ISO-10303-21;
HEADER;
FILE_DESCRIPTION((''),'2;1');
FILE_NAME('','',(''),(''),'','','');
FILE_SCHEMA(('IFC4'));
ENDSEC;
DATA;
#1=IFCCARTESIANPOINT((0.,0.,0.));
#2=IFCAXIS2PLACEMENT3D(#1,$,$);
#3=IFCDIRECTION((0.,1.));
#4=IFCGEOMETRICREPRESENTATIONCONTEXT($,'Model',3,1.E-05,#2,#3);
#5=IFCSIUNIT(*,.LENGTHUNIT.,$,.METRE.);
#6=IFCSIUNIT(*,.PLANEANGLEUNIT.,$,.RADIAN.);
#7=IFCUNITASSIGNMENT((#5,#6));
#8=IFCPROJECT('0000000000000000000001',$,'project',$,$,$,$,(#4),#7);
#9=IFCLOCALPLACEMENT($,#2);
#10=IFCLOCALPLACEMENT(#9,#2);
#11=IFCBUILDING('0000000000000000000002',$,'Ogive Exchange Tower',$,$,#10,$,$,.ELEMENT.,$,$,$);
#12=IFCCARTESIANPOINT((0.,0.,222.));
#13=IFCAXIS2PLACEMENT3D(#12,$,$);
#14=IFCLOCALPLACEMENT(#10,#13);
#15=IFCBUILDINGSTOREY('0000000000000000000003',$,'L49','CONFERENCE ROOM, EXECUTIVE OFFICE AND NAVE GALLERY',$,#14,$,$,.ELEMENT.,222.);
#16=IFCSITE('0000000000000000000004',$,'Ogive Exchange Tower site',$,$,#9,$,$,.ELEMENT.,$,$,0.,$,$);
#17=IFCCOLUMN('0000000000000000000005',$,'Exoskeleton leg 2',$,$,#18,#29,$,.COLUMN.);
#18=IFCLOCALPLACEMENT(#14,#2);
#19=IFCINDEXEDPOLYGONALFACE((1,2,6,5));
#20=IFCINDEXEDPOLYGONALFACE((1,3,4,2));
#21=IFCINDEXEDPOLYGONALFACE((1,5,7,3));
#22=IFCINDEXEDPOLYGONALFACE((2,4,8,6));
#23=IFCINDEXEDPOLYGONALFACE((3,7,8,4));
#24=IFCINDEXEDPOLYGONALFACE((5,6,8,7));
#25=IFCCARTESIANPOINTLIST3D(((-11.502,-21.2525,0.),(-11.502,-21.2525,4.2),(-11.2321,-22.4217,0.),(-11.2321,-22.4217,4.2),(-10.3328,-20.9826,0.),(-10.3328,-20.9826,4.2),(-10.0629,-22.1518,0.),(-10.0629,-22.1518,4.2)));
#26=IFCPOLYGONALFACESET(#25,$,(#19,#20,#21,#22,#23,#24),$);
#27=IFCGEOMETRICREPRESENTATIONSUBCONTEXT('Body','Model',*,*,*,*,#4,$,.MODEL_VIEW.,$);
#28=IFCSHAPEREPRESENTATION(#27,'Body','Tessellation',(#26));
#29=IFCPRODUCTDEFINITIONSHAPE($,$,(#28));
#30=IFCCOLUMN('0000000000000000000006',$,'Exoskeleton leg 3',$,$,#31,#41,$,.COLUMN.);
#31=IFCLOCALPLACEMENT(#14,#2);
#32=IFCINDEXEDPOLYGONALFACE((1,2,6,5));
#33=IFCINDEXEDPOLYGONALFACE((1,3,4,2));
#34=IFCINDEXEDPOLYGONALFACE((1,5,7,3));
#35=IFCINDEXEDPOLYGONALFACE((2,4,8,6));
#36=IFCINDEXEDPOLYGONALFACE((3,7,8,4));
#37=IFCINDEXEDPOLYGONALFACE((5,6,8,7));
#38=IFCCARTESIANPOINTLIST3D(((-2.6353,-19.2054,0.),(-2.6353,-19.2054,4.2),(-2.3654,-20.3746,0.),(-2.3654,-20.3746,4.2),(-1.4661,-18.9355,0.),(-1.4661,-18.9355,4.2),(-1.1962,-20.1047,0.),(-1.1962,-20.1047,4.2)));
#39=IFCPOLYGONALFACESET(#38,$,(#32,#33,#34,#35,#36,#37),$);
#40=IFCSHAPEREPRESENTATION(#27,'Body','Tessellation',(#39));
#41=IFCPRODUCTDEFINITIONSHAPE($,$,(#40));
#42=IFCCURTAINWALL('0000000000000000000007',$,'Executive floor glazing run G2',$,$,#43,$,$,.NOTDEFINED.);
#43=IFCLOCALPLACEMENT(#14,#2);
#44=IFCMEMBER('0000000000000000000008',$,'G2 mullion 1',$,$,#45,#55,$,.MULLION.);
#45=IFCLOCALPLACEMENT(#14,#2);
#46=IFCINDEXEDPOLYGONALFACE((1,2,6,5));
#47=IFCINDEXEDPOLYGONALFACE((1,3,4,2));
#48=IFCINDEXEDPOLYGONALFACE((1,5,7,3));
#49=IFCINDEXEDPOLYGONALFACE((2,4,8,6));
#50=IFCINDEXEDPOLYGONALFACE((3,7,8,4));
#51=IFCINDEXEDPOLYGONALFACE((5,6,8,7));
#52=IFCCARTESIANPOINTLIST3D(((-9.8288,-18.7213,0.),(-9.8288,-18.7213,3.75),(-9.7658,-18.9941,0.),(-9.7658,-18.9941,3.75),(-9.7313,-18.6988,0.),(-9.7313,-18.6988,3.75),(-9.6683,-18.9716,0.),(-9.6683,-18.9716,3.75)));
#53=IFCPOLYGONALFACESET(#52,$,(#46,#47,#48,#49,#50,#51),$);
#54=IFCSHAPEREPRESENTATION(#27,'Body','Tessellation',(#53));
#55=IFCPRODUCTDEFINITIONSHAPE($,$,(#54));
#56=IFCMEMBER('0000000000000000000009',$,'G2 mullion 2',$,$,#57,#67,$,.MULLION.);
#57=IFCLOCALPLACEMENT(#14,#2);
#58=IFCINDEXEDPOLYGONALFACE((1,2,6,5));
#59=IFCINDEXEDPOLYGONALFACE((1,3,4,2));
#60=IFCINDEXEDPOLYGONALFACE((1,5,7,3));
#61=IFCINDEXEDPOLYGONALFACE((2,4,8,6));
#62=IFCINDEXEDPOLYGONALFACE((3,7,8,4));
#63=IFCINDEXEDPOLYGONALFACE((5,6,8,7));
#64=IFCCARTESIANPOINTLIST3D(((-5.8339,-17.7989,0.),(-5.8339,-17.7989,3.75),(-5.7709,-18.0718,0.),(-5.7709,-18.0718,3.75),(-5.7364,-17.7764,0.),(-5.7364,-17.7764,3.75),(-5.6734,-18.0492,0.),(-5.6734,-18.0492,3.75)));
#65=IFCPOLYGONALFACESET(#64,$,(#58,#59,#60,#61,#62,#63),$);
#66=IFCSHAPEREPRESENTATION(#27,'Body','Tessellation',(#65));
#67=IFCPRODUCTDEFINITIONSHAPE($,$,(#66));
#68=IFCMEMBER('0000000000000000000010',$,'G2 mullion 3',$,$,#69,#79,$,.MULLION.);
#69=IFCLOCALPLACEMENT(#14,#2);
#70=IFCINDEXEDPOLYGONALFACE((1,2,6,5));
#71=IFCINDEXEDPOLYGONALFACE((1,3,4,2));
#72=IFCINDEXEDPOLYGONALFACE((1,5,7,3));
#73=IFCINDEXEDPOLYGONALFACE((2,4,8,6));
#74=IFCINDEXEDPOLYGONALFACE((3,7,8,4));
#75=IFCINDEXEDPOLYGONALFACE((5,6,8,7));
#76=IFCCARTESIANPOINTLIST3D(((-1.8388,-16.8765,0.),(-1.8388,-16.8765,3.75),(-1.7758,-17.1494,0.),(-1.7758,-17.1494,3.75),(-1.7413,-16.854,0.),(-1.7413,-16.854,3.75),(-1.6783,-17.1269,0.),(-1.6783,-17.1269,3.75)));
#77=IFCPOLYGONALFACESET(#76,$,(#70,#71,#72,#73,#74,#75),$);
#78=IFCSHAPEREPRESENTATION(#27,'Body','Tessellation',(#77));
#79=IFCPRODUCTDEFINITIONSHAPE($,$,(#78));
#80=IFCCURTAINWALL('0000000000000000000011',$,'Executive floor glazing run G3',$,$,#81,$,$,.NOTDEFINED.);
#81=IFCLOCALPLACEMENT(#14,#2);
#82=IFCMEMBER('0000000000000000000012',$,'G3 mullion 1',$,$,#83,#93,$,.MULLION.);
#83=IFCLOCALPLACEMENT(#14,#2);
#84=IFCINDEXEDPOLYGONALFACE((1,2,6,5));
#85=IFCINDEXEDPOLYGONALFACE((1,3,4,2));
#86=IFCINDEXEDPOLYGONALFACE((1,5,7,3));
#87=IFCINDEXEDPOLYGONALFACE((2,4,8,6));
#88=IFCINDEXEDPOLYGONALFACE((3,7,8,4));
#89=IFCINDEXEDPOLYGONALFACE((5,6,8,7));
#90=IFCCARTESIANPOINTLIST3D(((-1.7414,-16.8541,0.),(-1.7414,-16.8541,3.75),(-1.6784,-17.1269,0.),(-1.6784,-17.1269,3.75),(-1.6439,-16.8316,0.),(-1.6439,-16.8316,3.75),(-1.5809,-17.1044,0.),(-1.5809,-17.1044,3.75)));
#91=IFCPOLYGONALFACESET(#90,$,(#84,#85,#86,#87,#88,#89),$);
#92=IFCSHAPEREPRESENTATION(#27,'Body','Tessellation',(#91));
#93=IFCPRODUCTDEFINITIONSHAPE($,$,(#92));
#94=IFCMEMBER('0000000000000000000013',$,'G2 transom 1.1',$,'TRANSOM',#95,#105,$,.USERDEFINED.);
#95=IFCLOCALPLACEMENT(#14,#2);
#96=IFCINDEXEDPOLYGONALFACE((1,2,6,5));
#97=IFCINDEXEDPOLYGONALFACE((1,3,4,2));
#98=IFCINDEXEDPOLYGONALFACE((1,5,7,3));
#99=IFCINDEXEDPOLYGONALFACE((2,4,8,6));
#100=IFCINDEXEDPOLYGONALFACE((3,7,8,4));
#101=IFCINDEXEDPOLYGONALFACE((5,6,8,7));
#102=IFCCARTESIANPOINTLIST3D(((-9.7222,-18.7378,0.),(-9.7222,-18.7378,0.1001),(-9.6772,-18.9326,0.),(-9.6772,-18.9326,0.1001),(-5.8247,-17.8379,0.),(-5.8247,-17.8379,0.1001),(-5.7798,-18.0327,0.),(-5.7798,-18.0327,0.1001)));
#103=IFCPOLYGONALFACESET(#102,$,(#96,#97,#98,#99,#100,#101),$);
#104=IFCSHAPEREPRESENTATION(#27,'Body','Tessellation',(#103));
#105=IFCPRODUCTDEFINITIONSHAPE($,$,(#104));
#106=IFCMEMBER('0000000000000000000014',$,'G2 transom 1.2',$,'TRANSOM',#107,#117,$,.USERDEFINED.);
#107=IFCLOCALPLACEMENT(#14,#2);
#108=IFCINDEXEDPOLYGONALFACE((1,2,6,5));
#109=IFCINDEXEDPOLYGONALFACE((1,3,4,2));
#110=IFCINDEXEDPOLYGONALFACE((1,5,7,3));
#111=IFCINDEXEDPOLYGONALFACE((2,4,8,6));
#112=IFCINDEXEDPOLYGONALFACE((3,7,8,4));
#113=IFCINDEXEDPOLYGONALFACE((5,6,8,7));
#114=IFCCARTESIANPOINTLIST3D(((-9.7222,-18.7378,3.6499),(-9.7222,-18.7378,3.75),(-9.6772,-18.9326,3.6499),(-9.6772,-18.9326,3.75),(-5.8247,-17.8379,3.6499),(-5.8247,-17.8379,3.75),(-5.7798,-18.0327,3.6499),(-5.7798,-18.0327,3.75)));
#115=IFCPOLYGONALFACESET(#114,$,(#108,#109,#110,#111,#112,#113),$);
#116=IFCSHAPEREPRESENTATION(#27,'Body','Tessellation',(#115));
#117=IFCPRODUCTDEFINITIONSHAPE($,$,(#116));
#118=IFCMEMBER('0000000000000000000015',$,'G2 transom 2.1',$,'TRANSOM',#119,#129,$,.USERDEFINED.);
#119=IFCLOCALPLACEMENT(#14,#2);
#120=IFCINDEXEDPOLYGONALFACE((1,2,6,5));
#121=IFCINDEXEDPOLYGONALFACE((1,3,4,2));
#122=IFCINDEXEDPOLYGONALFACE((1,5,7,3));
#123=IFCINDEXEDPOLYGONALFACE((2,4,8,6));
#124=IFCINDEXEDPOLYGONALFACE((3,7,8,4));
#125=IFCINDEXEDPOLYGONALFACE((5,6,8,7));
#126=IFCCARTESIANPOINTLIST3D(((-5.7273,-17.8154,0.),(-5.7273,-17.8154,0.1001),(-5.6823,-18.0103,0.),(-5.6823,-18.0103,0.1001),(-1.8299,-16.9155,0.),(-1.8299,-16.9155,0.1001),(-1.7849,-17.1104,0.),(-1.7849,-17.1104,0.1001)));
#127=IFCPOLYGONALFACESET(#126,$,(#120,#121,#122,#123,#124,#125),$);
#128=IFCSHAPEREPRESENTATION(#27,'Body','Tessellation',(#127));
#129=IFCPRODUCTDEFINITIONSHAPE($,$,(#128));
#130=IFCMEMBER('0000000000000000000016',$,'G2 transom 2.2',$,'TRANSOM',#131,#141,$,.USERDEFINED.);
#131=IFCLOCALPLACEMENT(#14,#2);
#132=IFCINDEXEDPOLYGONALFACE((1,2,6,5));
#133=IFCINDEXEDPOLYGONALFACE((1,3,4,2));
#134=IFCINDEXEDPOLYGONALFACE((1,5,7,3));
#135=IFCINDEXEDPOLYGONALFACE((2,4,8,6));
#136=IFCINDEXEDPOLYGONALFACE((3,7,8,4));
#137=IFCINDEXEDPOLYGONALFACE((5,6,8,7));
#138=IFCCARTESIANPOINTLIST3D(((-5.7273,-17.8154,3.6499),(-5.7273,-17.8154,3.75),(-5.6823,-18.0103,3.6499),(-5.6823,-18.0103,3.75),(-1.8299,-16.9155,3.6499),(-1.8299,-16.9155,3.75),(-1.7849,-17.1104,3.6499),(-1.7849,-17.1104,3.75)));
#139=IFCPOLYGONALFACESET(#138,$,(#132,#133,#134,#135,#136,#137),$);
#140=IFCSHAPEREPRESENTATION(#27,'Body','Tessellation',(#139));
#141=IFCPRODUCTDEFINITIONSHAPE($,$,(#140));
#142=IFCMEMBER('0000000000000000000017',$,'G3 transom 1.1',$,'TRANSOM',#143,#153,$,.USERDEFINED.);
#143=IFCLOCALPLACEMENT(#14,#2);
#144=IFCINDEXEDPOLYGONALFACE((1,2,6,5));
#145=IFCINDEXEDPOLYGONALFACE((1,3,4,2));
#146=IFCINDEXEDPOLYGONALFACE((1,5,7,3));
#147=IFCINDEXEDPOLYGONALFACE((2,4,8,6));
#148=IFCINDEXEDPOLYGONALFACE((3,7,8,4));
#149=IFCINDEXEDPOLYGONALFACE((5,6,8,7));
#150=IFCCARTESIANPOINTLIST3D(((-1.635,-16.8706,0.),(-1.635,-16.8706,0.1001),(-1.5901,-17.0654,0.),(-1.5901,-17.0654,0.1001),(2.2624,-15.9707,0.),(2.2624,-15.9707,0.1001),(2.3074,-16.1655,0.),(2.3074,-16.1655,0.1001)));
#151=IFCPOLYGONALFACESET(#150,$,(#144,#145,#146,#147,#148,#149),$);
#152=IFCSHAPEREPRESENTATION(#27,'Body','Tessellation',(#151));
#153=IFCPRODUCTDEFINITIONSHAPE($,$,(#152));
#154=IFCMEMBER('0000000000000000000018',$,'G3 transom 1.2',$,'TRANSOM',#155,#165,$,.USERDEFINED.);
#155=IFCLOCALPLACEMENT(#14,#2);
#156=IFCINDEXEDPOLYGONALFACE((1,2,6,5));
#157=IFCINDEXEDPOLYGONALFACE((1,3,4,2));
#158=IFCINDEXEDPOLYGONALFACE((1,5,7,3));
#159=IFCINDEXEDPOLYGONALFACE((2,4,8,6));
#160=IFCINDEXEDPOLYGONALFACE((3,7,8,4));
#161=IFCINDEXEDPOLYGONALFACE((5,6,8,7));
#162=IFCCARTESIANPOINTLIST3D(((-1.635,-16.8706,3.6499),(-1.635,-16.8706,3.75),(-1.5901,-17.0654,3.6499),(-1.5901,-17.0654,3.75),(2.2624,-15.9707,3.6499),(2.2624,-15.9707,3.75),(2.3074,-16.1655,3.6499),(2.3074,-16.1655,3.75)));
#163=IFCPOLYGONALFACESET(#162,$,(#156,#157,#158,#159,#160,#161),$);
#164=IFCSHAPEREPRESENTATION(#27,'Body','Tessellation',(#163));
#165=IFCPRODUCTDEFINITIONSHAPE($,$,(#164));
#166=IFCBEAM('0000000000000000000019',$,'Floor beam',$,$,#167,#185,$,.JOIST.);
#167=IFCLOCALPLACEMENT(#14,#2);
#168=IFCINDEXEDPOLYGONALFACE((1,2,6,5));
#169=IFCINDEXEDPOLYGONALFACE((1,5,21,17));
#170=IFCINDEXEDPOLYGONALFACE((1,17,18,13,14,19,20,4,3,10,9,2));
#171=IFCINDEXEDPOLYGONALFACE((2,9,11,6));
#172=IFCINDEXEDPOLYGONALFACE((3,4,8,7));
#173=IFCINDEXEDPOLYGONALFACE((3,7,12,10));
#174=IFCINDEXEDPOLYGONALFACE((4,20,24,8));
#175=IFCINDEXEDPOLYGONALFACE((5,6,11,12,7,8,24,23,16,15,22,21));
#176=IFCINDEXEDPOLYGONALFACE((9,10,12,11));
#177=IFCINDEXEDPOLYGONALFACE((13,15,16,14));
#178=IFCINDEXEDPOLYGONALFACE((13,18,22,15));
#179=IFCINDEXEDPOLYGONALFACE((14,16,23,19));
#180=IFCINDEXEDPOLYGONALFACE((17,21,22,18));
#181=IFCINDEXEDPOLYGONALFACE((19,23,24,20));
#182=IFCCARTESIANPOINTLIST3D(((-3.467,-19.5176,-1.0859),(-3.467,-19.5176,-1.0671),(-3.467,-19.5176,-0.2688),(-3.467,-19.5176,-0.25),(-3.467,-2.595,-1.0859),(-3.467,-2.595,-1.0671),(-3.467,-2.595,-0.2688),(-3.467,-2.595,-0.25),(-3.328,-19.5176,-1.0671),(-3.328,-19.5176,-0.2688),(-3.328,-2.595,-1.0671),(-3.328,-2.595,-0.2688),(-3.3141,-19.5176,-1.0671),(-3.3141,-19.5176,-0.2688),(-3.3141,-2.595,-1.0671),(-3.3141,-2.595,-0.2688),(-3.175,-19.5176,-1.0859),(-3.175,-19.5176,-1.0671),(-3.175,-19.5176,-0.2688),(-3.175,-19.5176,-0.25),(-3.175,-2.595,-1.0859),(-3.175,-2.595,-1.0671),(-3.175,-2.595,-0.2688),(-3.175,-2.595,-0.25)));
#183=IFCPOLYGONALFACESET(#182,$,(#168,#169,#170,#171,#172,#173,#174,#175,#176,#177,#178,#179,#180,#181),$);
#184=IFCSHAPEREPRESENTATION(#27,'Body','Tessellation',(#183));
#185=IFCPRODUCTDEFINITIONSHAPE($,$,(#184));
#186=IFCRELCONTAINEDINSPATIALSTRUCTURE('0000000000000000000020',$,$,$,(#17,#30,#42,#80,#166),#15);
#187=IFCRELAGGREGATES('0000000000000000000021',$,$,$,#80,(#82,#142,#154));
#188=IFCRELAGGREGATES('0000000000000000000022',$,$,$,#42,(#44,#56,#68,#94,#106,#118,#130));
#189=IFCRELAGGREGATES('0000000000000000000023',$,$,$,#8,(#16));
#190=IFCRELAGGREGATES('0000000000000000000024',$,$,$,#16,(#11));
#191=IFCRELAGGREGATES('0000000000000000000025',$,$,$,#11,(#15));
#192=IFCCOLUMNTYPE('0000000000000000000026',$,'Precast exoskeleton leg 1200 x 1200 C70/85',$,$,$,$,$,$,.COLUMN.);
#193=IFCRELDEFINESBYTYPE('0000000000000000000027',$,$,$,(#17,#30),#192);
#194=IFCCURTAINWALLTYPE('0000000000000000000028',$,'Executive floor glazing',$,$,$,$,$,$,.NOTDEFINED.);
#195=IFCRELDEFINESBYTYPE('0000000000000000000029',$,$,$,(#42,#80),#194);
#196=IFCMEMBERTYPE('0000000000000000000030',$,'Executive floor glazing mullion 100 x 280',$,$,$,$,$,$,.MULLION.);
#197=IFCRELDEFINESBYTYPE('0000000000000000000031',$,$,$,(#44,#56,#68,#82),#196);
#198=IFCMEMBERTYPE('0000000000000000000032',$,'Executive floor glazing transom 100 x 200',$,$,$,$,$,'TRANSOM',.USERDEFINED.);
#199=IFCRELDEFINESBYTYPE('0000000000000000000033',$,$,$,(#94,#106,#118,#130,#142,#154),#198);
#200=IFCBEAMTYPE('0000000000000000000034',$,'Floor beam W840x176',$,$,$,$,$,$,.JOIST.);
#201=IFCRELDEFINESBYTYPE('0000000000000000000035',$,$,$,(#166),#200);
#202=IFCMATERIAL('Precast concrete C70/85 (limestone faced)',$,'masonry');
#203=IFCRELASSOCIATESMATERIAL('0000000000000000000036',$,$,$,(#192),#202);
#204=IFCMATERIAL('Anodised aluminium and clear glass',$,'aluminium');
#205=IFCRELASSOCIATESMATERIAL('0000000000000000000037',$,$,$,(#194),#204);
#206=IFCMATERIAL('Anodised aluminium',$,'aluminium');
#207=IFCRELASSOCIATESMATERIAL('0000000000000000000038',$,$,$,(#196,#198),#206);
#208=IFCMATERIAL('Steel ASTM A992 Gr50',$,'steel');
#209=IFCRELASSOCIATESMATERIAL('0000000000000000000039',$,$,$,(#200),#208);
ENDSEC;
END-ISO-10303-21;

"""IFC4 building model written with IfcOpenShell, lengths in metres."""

from ifc_helpers import new_model, si_unit, direction, frame, origin, origin_2d, place, context, subcontext, project, spatial, rectangle, i_section, extrude, material, material_profile, profile_set, type_object, element, aggregate, save


model = new_model("IFC4")

# Units and contexts
model_context = context("Model", 3, precision=1e-05, world=origin(), true_north=direction((0.0, 1.0)))
body_context = subcontext(model_context, "Body", "Model", "MODEL_VIEW")
ifc_project = project(units=[si_unit("LENGTHUNIT", "METRE"), si_unit("PLANEANGLEUNIT", "RADIAN")], contexts=[model_context])

# Site, building, storey
site_placement = place(None, origin())
site = spatial("IfcSite", under=ifc_project, at=site_placement, Name="Ogive Exchange Tower site", CompositionType="ELEMENT", RefElevation=0.0)
building_placement = place(site_placement, origin())
building = spatial("IfcBuilding", under=site, at=building_placement, Name="Ogive Exchange Tower", CompositionType="ELEMENT")
storey_placement = place(building_placement, frame((0.0, 0.0, 222.0)))
storey = spatial("IfcBuildingStorey", under=building, at=storey_placement, Name="L49", Description="CONFERENCE ROOM, EXECUTIVE OFFICE AND NAVE GALLERY", CompositionType="ELEMENT", Elevation=222.0)

# Columns
ifc_material_1 = material(Name="Precast concrete C70/85 (limestone faced)", Category="masonry")
ifc_material_profile_1 = material_profile(ifc_material_1, rectangle(XDim=1.2, YDim=1.2, at=origin_2d()), Name="1200 x 1200")
ifc_profile_set_1 = profile_set([ifc_material_profile_1], Name="Precast concrete C70/85 (limestone faced)")
column_type = type_object("IfcColumnType", Name="Precast exoskeleton leg 1200 x 1200 C70/85", PredefinedType="COLUMN", material=ifc_profile_set_1)
for number, where, z_axis, x_axis, name in (
    (1, (-10.7825, -21.7021, 0.0), (0.0, 0.0, 1.0), (0.97437, 0.224951, 0.0), "Exoskeleton leg 2"),
    (2, (-1.9158, -19.655, 0.0), (0.0, 0.0, 1.0), (0.97437, 0.224951, 0.0), "Exoskeleton leg 3"),
):
    element("IfcColumn", number, at=place(storey_placement, frame(where, z_axis=z_axis, x_axis=x_axis)), inside=storey, type_object=column_type, Name=name, PredefinedType="COLUMN", context=body_context, shape_type="SweptSolid", body=[
        extrude(rectangle(XDim=1.2, YDim=1.2, at=origin_2d()), origin(), (0.0, 0.0, 1.0), 4.2),
    ])

# Curtain wall, members
ifc_material_2 = material(Name="Anodised aluminium and clear glass", Category="aluminium")
curtain_wall_type = type_object("IfcCurtainWallType", Name="Executive floor glazing", PredefinedType="NOTDEFINED", material=ifc_material_2)
curtain_wall_1_placement = place(storey_placement, origin())
curtain_wall_1 = element("IfcCurtainWall", 3, at=curtain_wall_1_placement, inside=storey, type_object=curtain_wall_type, Name="Executive floor glazing run G2", PredefinedType="NOTDEFINED")
ifc_material_3 = material(Name="Anodised aluminium", Category="aluminium")
ifc_material_profile_2 = material_profile(ifc_material_3, rectangle(XDim=0.28, YDim=0.1001, at=origin_2d()), Name="AL 100x280")
ifc_profile_set_2 = profile_set([ifc_material_profile_2], Name="Anodised aluminium")
member_type_1 = type_object("IfcMemberType", Name="Executive floor glazing mullion 100 x 280", PredefinedType="MULLION", material=ifc_profile_set_2)
member_1_placement = place(storey_placement, frame((-9.7485, -18.8464, 0.0), z_axis=(0.0, 0.0, 1.0), x_axis=(-0.224951, 0.97437, 0.0)))
member_1 = element("IfcMember", 4, at=member_1_placement, type_object=member_type_1, Name="G2 mullion 1", PredefinedType="MULLION", context=body_context, shape_type="SweptSolid", body=[
    extrude(rectangle(XDim=0.28, YDim=0.1001, at=origin_2d()), origin(), (0.0, 0.0, 1.0), 3.75),
])
member_2_placement = place(storey_placement, frame((-5.7537, -17.9241, 0.0), z_axis=(0.0, 0.0, 1.0), x_axis=(-0.224951, 0.97437, 0.0)))
member_2 = element("IfcMember", 5, at=member_2_placement, type_object=member_type_1, Name="G2 mullion 2", PredefinedType="MULLION", context=body_context, shape_type="SweptSolid", body=[
    extrude(rectangle(XDim=0.28, YDim=0.1001, at=origin_2d()), origin(), (0.0, 0.0, 1.0), 3.75),
])
member_3_placement = place(storey_placement, frame((-1.7585, -17.0017, 0.0), z_axis=(0.0, 0.0, 1.0), x_axis=(-0.224951, 0.97437, 0.0)))
member_3 = element("IfcMember", 6, at=member_3_placement, type_object=member_type_1, Name="G2 mullion 3", PredefinedType="MULLION", context=body_context, shape_type="SweptSolid", body=[
    extrude(rectangle(XDim=0.28, YDim=0.1001, at=origin_2d()), origin(), (0.0, 0.0, 1.0), 3.75),
])

# Curtain wall, member
curtain_wall_2_placement = place(storey_placement, origin())
curtain_wall_2 = element("IfcCurtainWall", 7, at=curtain_wall_2_placement, inside=storey, type_object=curtain_wall_type, Name="Executive floor glazing run G3", PredefinedType="NOTDEFINED")
member_4_placement = place(storey_placement, frame((-1.6611, -16.9792, 0.0), z_axis=(0.0, 0.0, 1.0), x_axis=(-0.224951, 0.97437, 0.0)))
member_4 = element("IfcMember", 8, at=member_4_placement, type_object=member_type_1, Name="G3 mullion 1", PredefinedType="MULLION", context=body_context, shape_type="SweptSolid", body=[
    extrude(rectangle(XDim=0.28, YDim=0.1001, at=origin_2d()), origin(), (0.0, 0.0, 1.0), 3.75),
])

# Members
ifc_material_profile_3 = material_profile(ifc_material_3, rectangle(XDim=0.2, YDim=0.1001, at=origin_2d()), Name="AL 100x200")
ifc_profile_set_3 = profile_set([ifc_material_profile_3], Name="Anodised aluminium")
member_type_2 = type_object("IfcMemberType", Name="Executive floor glazing transom 100 x 200", ElementType="TRANSOM", PredefinedType="USERDEFINED", material=ifc_profile_set_3)
member_5_placement = place(storey_placement, frame((-9.6997, -18.8352, 0.05), z_axis=(0.974364, 0.224975, 0.0), x_axis=(-0.224975, 0.974364, 0.0)))
member_5 = element("IfcMember", 9, at=member_5_placement, type_object=member_type_2, Name="G2 transom 1.1", ObjectType="TRANSOM", PredefinedType="USERDEFINED", context=body_context, shape_type="SweptSolid", body=[
    extrude(rectangle(XDim=0.2, YDim=0.1001, at=origin_2d()), origin(), (0.0, 0.0, 1.0), 4.0),
])
member_6_placement = place(storey_placement, frame((-9.6997, -18.8352, 3.7), z_axis=(0.974364, 0.224975, 0.0), x_axis=(-0.224975, 0.974364, 0.0)))
member_6 = element("IfcMember", 10, at=member_6_placement, type_object=member_type_2, Name="G2 transom 1.2", ObjectType="TRANSOM", PredefinedType="USERDEFINED", context=body_context, shape_type="SweptSolid", body=[
    extrude(rectangle(XDim=0.2, YDim=0.1001, at=origin_2d()), origin(), (0.0, 0.0, 1.0), 4.0),
])
member_7_placement = place(storey_placement, frame((-5.7048, -17.9128, 0.05), z_axis=(0.974364, 0.224975, 0.0), x_axis=(-0.224975, 0.974364, 0.0)))
member_7 = element("IfcMember", 11, at=member_7_placement, type_object=member_type_2, Name="G2 transom 2.1", ObjectType="TRANSOM", PredefinedType="USERDEFINED", context=body_context, shape_type="SweptSolid", body=[
    extrude(rectangle(XDim=0.2, YDim=0.1001, at=origin_2d()), origin(), (0.0, 0.0, 1.0), 4.0),
])
member_8_placement = place(storey_placement, frame((-5.7048, -17.9128, 3.7), z_axis=(0.974364, 0.224975, 0.0), x_axis=(-0.224975, 0.974364, 0.0)))
member_8 = element("IfcMember", 12, at=member_8_placement, type_object=member_type_2, Name="G2 transom 2.2", ObjectType="TRANSOM", PredefinedType="USERDEFINED", context=body_context, shape_type="SweptSolid", body=[
    extrude(rectangle(XDim=0.2, YDim=0.1001, at=origin_2d()), origin(), (0.0, 0.0, 1.0), 4.0),
])
member_9_placement = place(storey_placement, frame((-1.6125, -16.968, 0.05), z_axis=(0.974364, 0.224975, 0.0), x_axis=(-0.224975, 0.974364, 0.0)))
member_9 = element("IfcMember", 13, at=member_9_placement, type_object=member_type_2, Name="G3 transom 1.1", ObjectType="TRANSOM", PredefinedType="USERDEFINED", context=body_context, shape_type="SweptSolid", body=[
    extrude(rectangle(XDim=0.2, YDim=0.1001, at=origin_2d()), origin(), (0.0, 0.0, 1.0), 4.0),
])
member_10_placement = place(storey_placement, frame((-1.6125, -16.968, 3.7), z_axis=(0.974364, 0.224975, 0.0), x_axis=(-0.224975, 0.974364, 0.0)))
member_10 = element("IfcMember", 14, at=member_10_placement, type_object=member_type_2, Name="G3 transom 1.2", ObjectType="TRANSOM", PredefinedType="USERDEFINED", context=body_context, shape_type="SweptSolid", body=[
    extrude(rectangle(XDim=0.2, YDim=0.1001, at=origin_2d()), origin(), (0.0, 0.0, 1.0), 4.0),
])
aggregate(curtain_wall_2, [member_4, member_9, member_10])

# Beam
ifc_material_4 = material(Name="Steel ASTM A992 Gr50", Category="steel")
ifc_material_profile_4 = material_profile(ifc_material_4, i_section(OverallWidth=0.292, OverallDepth=0.8359, WebThickness=0.0139, FlangeThickness=0.0188, at=origin_2d()), Name="W840x176")
ifc_profile_set_4 = profile_set([ifc_material_profile_4], Name="Steel ASTM A992 Gr50")
beam_type_1 = type_object("IfcBeamType", Name="Floor beam W840x176", PredefinedType="JOIST", material=ifc_profile_set_4)
beam_1_placement = place(storey_placement, frame((-3.321, -19.5176, -0.668), z_axis=(0.0, 1.0, 0.0), x_axis=(-1.0, 0.0, 0.0)))
element("IfcBeam", 15, at=beam_1_placement, inside=storey, type_object=beam_type_1, Name="Floor beam", PredefinedType="JOIST", context=body_context, shape_type="SweptSolid", body=[
    extrude(i_section(OverallWidth=0.292, OverallDepth=0.8359, WebThickness=0.0139, FlangeThickness=0.0188, at=origin_2d()), origin(), (0.0, 0.0, 1.0), 16.9226),
])

aggregate(curtain_wall_1, [member_1, member_2, member_3, member_5, member_6, member_7, member_8])

save(model, "model.ifc")
